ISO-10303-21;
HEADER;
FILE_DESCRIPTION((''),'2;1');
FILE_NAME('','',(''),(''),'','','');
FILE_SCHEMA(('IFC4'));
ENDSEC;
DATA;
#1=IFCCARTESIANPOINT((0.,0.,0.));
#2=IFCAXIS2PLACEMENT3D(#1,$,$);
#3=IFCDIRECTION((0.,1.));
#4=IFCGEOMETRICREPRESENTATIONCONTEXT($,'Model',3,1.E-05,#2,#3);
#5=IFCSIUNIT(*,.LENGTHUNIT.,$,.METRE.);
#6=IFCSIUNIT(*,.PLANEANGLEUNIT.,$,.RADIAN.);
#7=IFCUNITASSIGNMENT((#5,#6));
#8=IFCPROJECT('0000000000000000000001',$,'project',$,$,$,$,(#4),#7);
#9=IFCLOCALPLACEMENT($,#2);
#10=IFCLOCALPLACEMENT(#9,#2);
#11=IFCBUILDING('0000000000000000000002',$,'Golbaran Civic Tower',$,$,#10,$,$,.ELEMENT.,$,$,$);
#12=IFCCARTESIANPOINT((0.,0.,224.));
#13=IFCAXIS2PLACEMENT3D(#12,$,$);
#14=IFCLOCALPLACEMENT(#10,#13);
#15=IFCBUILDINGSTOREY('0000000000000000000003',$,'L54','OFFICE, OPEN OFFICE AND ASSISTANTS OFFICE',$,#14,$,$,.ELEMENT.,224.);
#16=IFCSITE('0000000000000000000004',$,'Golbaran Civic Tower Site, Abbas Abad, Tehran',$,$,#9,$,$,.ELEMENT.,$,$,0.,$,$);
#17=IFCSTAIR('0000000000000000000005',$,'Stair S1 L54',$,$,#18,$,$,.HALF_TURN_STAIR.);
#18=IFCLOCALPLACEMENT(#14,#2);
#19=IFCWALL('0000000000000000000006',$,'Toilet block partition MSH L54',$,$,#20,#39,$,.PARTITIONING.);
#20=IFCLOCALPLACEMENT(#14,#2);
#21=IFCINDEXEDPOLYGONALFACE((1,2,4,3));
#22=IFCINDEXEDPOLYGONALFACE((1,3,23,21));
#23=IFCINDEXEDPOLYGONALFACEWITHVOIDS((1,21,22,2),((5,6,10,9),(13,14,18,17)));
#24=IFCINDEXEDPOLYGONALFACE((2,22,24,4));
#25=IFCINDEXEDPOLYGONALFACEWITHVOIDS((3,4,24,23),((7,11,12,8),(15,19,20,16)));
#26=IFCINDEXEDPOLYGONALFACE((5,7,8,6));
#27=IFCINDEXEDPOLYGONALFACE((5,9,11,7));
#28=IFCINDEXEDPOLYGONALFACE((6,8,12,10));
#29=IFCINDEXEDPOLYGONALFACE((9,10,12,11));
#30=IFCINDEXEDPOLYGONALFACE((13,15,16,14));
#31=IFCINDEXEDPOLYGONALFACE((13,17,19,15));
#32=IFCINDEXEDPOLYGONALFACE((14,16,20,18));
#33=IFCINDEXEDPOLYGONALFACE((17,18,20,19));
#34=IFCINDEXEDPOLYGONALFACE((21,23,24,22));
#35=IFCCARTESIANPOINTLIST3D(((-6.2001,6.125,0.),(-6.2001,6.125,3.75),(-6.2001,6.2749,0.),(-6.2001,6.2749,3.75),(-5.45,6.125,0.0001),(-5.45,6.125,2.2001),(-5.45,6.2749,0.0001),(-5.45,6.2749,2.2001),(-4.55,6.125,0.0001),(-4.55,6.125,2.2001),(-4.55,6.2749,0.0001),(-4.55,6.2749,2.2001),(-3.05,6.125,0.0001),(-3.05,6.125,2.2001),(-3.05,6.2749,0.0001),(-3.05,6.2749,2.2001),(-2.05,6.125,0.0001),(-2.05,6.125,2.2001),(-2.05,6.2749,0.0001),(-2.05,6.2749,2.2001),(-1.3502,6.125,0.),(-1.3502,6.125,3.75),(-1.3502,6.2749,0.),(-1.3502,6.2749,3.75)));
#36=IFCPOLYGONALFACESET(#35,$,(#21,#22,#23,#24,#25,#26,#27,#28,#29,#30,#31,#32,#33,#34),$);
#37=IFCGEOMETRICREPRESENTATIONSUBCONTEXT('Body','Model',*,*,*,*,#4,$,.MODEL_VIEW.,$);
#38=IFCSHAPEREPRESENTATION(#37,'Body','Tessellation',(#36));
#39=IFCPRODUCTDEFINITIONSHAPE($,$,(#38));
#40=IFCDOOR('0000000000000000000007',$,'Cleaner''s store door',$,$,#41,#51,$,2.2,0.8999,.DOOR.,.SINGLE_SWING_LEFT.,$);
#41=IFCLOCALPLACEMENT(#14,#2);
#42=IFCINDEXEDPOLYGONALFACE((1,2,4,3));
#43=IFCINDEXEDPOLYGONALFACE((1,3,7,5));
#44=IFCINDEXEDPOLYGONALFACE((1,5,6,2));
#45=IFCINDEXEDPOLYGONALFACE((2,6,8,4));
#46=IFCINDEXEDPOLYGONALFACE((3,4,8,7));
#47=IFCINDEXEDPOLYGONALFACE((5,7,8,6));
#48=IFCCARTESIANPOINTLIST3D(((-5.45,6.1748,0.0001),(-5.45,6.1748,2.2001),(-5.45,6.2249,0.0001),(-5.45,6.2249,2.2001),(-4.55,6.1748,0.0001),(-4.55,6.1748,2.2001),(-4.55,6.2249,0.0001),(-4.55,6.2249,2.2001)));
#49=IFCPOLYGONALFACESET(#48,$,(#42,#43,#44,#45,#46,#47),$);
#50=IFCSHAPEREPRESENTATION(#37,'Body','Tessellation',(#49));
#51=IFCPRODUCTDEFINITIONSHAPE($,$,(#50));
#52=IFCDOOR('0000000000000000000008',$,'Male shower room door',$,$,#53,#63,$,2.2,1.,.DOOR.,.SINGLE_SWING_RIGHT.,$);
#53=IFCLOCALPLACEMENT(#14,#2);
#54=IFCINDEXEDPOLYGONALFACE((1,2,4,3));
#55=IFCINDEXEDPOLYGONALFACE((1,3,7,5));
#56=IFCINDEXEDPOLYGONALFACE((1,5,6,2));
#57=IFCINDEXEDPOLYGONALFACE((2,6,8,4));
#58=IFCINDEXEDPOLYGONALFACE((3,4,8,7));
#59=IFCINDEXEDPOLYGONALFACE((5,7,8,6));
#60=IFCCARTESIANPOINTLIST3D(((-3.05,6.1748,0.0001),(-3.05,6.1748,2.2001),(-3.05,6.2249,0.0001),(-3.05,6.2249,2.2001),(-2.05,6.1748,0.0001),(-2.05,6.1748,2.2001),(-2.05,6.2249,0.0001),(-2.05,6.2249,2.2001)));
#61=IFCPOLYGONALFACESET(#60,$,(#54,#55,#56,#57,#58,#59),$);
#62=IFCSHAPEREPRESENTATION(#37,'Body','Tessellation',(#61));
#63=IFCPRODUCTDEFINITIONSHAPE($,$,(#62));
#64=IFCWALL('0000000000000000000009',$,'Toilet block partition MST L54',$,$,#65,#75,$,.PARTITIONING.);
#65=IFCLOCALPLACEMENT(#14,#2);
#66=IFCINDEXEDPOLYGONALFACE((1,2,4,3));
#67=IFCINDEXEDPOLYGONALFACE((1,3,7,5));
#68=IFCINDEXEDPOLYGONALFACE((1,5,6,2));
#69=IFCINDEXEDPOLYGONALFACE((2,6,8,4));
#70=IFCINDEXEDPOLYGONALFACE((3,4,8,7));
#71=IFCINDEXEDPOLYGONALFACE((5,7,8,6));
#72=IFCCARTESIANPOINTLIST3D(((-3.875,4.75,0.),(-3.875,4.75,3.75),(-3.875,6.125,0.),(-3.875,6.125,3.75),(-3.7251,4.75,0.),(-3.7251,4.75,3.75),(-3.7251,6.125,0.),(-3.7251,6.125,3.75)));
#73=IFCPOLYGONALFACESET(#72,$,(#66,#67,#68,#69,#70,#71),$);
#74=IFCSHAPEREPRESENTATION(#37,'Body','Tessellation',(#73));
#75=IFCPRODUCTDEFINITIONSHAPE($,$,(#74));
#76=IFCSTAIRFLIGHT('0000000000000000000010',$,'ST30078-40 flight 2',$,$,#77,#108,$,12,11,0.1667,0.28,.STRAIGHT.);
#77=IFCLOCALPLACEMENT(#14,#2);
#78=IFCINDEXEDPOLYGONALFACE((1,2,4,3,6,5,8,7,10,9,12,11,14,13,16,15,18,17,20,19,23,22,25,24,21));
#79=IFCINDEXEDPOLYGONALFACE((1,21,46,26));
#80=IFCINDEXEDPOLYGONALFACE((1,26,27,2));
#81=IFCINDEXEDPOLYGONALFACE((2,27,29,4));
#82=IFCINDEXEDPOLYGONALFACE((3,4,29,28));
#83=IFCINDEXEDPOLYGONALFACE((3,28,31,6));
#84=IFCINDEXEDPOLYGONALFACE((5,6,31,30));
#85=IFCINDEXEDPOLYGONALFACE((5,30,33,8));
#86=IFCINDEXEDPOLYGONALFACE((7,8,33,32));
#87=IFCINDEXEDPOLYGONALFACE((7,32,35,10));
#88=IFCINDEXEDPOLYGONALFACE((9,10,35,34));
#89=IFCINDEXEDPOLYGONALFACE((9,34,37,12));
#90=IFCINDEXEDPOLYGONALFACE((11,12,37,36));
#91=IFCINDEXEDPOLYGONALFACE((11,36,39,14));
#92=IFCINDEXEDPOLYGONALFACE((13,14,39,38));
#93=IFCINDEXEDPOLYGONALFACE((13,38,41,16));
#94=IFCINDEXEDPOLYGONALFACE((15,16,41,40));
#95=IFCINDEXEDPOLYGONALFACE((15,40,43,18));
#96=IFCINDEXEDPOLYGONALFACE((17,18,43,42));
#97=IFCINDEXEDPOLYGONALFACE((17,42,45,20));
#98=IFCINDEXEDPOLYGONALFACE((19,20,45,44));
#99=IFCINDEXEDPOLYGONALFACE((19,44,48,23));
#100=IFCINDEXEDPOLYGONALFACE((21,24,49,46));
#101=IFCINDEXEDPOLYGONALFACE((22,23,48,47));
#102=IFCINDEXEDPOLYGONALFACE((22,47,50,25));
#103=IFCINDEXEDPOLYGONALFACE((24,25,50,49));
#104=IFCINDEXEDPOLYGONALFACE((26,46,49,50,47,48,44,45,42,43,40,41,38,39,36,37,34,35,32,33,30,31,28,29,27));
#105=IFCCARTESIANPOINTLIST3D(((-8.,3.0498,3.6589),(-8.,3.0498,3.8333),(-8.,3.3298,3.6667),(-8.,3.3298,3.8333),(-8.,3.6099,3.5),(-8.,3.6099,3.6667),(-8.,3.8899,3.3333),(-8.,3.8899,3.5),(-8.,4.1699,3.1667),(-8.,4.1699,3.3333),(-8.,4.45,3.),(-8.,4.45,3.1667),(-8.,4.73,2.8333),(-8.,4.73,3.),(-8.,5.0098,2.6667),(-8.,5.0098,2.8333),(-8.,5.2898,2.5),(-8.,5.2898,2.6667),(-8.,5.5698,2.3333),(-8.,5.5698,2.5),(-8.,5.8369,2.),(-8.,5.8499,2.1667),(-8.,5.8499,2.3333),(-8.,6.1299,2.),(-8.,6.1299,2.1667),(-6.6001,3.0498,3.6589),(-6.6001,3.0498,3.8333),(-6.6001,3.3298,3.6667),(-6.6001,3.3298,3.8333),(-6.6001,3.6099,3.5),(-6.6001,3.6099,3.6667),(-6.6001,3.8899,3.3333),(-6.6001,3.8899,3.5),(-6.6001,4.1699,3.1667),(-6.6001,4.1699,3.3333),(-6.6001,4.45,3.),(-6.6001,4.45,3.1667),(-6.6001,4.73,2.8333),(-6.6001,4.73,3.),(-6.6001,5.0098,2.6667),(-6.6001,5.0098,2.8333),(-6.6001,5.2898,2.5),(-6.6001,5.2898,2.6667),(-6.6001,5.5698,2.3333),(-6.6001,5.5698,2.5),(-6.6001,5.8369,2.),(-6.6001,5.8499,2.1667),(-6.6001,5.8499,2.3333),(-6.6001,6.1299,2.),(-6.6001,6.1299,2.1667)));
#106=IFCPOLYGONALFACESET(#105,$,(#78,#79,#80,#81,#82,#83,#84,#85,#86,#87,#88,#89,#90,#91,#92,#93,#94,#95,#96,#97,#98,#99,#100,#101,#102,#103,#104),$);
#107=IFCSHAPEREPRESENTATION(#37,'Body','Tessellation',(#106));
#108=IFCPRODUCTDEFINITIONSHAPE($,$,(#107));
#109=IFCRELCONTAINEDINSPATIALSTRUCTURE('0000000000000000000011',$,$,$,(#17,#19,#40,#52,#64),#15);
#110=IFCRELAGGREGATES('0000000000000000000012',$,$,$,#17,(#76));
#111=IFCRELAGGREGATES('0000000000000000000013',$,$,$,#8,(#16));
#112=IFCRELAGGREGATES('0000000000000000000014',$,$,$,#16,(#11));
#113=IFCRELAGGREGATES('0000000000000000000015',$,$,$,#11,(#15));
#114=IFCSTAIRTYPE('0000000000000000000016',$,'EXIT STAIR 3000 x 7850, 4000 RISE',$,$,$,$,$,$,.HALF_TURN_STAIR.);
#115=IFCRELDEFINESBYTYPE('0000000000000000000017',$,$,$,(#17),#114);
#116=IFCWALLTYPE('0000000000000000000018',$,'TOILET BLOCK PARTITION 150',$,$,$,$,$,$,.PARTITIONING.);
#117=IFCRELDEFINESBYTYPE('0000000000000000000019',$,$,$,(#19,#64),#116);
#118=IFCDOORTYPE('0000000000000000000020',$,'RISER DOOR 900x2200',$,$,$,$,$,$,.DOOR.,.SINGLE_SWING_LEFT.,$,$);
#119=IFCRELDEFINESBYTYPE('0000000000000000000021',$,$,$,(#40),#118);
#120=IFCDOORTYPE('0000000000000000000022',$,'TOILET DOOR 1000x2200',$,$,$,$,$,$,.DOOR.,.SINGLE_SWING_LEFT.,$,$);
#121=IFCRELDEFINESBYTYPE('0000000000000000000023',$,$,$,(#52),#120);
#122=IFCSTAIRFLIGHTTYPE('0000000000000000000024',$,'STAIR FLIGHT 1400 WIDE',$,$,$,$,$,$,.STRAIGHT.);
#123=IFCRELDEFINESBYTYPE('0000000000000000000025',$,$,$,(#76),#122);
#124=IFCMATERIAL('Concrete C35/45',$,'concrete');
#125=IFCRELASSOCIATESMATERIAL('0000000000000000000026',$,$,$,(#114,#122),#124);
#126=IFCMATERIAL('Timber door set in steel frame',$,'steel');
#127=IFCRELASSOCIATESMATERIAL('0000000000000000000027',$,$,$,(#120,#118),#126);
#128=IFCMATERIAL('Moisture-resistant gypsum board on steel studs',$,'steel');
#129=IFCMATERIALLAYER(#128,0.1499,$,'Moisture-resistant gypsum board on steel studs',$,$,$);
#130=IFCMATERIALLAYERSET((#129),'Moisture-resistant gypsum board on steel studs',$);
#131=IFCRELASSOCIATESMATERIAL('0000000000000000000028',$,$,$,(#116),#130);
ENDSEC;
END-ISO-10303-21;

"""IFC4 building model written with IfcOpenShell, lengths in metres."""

from ifc_helpers import new_model, si_unit, direction, frame, frame_2d, origin, place, context, subcontext, project, spatial, polyline, rectangle, outline, extrude, material, layer, layer_set, type_object, element, fill, aggregate, save


model = new_model("IFC4")

# Units and contexts
model_context = context("Model", 3, precision=1e-05, world=origin(), true_north=direction((0.0, 1.0)))
body_context = subcontext(model_context, "Body", "Model", "MODEL_VIEW")
ifc_project = project(units=[si_unit("LENGTHUNIT", "METRE"), si_unit("PLANEANGLEUNIT", "RADIAN")], contexts=[model_context])

# Site, building, storey
site_placement = place(None, origin())
site = spatial("IfcSite", under=ifc_project, at=site_placement, Name="Golbaran Civic Tower Site, Abbas Abad, Tehran", CompositionType="ELEMENT", RefElevation=0.0)
building_placement = place(site_placement, origin())
building = spatial("IfcBuilding", under=site, at=building_placement, Name="Golbaran Civic Tower", CompositionType="ELEMENT")
storey_placement = place(building_placement, frame((0.0, 0.0, 224.0)))
storey = spatial("IfcBuildingStorey", under=building, at=storey_placement, Name="L54", Description="OFFICE, OPEN OFFICE AND ASSISTANTS OFFICE", CompositionType="ELEMENT", Elevation=224.0)

# Shared definitions
ifc_material_1 = material(Name="Concrete C35/45", Category="concrete")

# Stair
stair_type = type_object("IfcStairType", Name="EXIT STAIR 3000 x 7850, 4000 RISE", PredefinedType="HALF_TURN_STAIR", material=ifc_material_1)
stair_placement = place(storey_placement, origin())
stair = element("IfcStair", 1, at=stair_placement, inside=storey, type_object=stair_type, Name="Stair S1 L54", PredefinedType="HALF_TURN_STAIR")

# Shared definitions
ifc_material_2 = material(Name="Timber door set in steel frame", Category="steel")

# Shared definitions
door_type_1 = type_object("IfcDoorType", Name="TOILET DOOR 1000x2200", OperationType="SINGLE_SWING_LEFT", PredefinedType="DOOR", material=ifc_material_2)

# Wall, openings, doors
ifc_material_3 = material(Name="Moisture-resistant gypsum board on steel studs", Category="steel")
ifc_layer_1 = layer(ifc_material_3, 0.1499, Name="Moisture-resistant gypsum board on steel studs")
ifc_layer_set_1 = layer_set([ifc_layer_1], Name="Moisture-resistant gypsum board on steel studs")
wall_type_1 = type_object("IfcWallType", Name="TOILET BLOCK PARTITION 150", PredefinedType="PARTITIONING", material=ifc_layer_set_1)
wall_1_placement = place(storey_placement, frame((-6.2, 6.2, 0.0), z_axis=(0.0, 0.0, 1.0), x_axis=(1.0, 0.0, 0.0)))
wall_1 = element("IfcWall", 2, at=wall_1_placement, inside=storey, type_object=wall_type_1, Name="Toilet block partition MSH L54", PredefinedType="PARTITIONING", context=body_context, shape_type="SweptSolid", body=[
    extrude(rectangle(XDim=4.8499, YDim=0.1499, at=frame_2d((2.4248, 0.0))), origin(), (0.0, 0.0, 1.0), 3.75),
])
opening_1_placement = place(wall_1_placement, frame((3.1499, 0.0, 0.0)))
opening_1 = element("IfcOpeningElement", 3, at=opening_1_placement, cuts=wall_1, PredefinedType="OPENING", context=body_context, shape_type="SweptSolid", body=[
    extrude(rectangle(XDim=1.0, YDim=2.2, at=frame_2d((0.5, 1.1001))), frame((0.0, 0.085, 0.0), z_axis=(0.0, -1.0, 0.0), x_axis=(1.0, 0.0, 0.0)), (0.0, 0.0, 1.0), 0.1699),
])
opening_2_placement = place(wall_1_placement, frame((0.75, 0.0, 0.0)))
opening_2 = element("IfcOpeningElement", 4, at=opening_2_placement, cuts=wall_1, PredefinedType="OPENING", context=body_context, shape_type="SweptSolid", body=[
    extrude(rectangle(XDim=0.8999, YDim=2.2, at=frame_2d((0.45, 1.1001))), frame((0.0, 0.085, 0.0), z_axis=(0.0, -1.0, 0.0), x_axis=(1.0, 0.0, 0.0)), (0.0, 0.0, 1.0), 0.1699),
])
door_type_2 = type_object("IfcDoorType", Name="RISER DOOR 900x2200", OperationType="SINGLE_SWING_LEFT", PredefinedType="DOOR", material=ifc_material_2)
door_1_placement = place(opening_2_placement, origin())
door_1 = element("IfcDoor", 5, at=door_1_placement, inside=storey, type_object=door_type_2, Name="Cleaner's store door", OperationType="SINGLE_SWING_LEFT", OverallHeight=2.2, OverallWidth=0.8999, PredefinedType="DOOR", context=body_context, shape_type="SweptSolid", body=[
    extrude(rectangle(XDim=0.8999, YDim=2.2, at=frame_2d((0.45, 1.1001))), frame((0.0, 0.0249, 0.0), z_axis=(0.0, -1.0, 0.0), x_axis=(1.0, 0.0, 0.0)), (0.0, 0.0, 1.0), 0.05),
])
fill(opening_2, door_1)
door_2_placement = place(opening_1_placement, origin())
door_2 = element("IfcDoor", 6, at=door_2_placement, inside=storey, type_object=door_type_1, Name="Male shower room door", OperationType="SINGLE_SWING_RIGHT", OverallHeight=2.2, OverallWidth=1.0, PredefinedType="DOOR", context=body_context, shape_type="SweptSolid", body=[
    extrude(rectangle(XDim=1.0, YDim=2.2, at=frame_2d((0.5, 1.1001))), frame((0.0, 0.0249, 0.0), z_axis=(0.0, -1.0, 0.0), x_axis=(1.0, 0.0, 0.0)), (0.0, 0.0, 1.0), 0.05),
])
fill(opening_1, door_2)

# Wall
wall_2_placement = place(storey_placement, frame((-3.8, 4.75, 0.0), z_axis=(0.0, 0.0, 1.0), x_axis=(0.0, 1.0, 0.0)))
element("IfcWall", 7, at=wall_2_placement, inside=storey, type_object=wall_type_1, Name="Toilet block partition MST L54", PredefinedType="PARTITIONING", context=body_context, shape_type="SweptSolid", body=[
    extrude(rectangle(XDim=1.375, YDim=0.1499, at=frame_2d((0.6875, 0.0))), origin(), (0.0, 0.0, 1.0), 3.75),
])

# Stair flight
stair_flight_type = type_object("IfcStairFlightType", Name="STAIR FLIGHT 1400 WIDE", PredefinedType="STRAIGHT", material=ifc_material_1)
stair_flight_placement = place(storey_placement, frame((-7.3, 6.1299, 2.0), z_axis=(0.0, 0.0, 1.0), x_axis=(0.0, -1.0, 0.0)))
stair_flight = element("IfcStairFlight", 8, at=stair_flight_placement, type_object=stair_flight_type, Name="ST30078-40 flight 2", NumberOfRisers=12, NumberOfTreads=11, PredefinedType="STRAIGHT", RiserHeight=0.1667, TreadLength=0.28, context=body_context, shape_type="SweptSolid", body=[
    extrude(outline(polyline([(0.0, 0.0), (0.0, 0.1667), (0.28, 0.1667), (0.28, 0.3333), (0.5601, 0.3333), (0.5601, 0.5), (0.8401, 0.5), (0.8401, 0.6667), (1.1201, 0.6667), (1.1201, 0.8333), (1.3999, 0.8333), (1.3999, 1.0), (1.6799, 1.0), (1.6799, 1.1667), (1.96, 1.1667), (1.96, 1.3333), (2.24, 1.3333), (2.24, 1.5), (2.52, 1.5), (2.52, 1.6667), (2.8, 1.6667), (2.8, 1.8333), (3.0801, 1.8333), (3.0801, 2.0), (3.0801, 1.6589), (0.293, 0.0), (0.0, 0.0)])), frame((0.0, 0.7, 0.0), z_axis=(0.0, -1.0, 0.0), x_axis=(1.0, 0.0, 0.0)), (0.0, 0.0, 1.0), 1.3999),
])
aggregate(stair, [stair_flight])

save(model, "model.ifc")
